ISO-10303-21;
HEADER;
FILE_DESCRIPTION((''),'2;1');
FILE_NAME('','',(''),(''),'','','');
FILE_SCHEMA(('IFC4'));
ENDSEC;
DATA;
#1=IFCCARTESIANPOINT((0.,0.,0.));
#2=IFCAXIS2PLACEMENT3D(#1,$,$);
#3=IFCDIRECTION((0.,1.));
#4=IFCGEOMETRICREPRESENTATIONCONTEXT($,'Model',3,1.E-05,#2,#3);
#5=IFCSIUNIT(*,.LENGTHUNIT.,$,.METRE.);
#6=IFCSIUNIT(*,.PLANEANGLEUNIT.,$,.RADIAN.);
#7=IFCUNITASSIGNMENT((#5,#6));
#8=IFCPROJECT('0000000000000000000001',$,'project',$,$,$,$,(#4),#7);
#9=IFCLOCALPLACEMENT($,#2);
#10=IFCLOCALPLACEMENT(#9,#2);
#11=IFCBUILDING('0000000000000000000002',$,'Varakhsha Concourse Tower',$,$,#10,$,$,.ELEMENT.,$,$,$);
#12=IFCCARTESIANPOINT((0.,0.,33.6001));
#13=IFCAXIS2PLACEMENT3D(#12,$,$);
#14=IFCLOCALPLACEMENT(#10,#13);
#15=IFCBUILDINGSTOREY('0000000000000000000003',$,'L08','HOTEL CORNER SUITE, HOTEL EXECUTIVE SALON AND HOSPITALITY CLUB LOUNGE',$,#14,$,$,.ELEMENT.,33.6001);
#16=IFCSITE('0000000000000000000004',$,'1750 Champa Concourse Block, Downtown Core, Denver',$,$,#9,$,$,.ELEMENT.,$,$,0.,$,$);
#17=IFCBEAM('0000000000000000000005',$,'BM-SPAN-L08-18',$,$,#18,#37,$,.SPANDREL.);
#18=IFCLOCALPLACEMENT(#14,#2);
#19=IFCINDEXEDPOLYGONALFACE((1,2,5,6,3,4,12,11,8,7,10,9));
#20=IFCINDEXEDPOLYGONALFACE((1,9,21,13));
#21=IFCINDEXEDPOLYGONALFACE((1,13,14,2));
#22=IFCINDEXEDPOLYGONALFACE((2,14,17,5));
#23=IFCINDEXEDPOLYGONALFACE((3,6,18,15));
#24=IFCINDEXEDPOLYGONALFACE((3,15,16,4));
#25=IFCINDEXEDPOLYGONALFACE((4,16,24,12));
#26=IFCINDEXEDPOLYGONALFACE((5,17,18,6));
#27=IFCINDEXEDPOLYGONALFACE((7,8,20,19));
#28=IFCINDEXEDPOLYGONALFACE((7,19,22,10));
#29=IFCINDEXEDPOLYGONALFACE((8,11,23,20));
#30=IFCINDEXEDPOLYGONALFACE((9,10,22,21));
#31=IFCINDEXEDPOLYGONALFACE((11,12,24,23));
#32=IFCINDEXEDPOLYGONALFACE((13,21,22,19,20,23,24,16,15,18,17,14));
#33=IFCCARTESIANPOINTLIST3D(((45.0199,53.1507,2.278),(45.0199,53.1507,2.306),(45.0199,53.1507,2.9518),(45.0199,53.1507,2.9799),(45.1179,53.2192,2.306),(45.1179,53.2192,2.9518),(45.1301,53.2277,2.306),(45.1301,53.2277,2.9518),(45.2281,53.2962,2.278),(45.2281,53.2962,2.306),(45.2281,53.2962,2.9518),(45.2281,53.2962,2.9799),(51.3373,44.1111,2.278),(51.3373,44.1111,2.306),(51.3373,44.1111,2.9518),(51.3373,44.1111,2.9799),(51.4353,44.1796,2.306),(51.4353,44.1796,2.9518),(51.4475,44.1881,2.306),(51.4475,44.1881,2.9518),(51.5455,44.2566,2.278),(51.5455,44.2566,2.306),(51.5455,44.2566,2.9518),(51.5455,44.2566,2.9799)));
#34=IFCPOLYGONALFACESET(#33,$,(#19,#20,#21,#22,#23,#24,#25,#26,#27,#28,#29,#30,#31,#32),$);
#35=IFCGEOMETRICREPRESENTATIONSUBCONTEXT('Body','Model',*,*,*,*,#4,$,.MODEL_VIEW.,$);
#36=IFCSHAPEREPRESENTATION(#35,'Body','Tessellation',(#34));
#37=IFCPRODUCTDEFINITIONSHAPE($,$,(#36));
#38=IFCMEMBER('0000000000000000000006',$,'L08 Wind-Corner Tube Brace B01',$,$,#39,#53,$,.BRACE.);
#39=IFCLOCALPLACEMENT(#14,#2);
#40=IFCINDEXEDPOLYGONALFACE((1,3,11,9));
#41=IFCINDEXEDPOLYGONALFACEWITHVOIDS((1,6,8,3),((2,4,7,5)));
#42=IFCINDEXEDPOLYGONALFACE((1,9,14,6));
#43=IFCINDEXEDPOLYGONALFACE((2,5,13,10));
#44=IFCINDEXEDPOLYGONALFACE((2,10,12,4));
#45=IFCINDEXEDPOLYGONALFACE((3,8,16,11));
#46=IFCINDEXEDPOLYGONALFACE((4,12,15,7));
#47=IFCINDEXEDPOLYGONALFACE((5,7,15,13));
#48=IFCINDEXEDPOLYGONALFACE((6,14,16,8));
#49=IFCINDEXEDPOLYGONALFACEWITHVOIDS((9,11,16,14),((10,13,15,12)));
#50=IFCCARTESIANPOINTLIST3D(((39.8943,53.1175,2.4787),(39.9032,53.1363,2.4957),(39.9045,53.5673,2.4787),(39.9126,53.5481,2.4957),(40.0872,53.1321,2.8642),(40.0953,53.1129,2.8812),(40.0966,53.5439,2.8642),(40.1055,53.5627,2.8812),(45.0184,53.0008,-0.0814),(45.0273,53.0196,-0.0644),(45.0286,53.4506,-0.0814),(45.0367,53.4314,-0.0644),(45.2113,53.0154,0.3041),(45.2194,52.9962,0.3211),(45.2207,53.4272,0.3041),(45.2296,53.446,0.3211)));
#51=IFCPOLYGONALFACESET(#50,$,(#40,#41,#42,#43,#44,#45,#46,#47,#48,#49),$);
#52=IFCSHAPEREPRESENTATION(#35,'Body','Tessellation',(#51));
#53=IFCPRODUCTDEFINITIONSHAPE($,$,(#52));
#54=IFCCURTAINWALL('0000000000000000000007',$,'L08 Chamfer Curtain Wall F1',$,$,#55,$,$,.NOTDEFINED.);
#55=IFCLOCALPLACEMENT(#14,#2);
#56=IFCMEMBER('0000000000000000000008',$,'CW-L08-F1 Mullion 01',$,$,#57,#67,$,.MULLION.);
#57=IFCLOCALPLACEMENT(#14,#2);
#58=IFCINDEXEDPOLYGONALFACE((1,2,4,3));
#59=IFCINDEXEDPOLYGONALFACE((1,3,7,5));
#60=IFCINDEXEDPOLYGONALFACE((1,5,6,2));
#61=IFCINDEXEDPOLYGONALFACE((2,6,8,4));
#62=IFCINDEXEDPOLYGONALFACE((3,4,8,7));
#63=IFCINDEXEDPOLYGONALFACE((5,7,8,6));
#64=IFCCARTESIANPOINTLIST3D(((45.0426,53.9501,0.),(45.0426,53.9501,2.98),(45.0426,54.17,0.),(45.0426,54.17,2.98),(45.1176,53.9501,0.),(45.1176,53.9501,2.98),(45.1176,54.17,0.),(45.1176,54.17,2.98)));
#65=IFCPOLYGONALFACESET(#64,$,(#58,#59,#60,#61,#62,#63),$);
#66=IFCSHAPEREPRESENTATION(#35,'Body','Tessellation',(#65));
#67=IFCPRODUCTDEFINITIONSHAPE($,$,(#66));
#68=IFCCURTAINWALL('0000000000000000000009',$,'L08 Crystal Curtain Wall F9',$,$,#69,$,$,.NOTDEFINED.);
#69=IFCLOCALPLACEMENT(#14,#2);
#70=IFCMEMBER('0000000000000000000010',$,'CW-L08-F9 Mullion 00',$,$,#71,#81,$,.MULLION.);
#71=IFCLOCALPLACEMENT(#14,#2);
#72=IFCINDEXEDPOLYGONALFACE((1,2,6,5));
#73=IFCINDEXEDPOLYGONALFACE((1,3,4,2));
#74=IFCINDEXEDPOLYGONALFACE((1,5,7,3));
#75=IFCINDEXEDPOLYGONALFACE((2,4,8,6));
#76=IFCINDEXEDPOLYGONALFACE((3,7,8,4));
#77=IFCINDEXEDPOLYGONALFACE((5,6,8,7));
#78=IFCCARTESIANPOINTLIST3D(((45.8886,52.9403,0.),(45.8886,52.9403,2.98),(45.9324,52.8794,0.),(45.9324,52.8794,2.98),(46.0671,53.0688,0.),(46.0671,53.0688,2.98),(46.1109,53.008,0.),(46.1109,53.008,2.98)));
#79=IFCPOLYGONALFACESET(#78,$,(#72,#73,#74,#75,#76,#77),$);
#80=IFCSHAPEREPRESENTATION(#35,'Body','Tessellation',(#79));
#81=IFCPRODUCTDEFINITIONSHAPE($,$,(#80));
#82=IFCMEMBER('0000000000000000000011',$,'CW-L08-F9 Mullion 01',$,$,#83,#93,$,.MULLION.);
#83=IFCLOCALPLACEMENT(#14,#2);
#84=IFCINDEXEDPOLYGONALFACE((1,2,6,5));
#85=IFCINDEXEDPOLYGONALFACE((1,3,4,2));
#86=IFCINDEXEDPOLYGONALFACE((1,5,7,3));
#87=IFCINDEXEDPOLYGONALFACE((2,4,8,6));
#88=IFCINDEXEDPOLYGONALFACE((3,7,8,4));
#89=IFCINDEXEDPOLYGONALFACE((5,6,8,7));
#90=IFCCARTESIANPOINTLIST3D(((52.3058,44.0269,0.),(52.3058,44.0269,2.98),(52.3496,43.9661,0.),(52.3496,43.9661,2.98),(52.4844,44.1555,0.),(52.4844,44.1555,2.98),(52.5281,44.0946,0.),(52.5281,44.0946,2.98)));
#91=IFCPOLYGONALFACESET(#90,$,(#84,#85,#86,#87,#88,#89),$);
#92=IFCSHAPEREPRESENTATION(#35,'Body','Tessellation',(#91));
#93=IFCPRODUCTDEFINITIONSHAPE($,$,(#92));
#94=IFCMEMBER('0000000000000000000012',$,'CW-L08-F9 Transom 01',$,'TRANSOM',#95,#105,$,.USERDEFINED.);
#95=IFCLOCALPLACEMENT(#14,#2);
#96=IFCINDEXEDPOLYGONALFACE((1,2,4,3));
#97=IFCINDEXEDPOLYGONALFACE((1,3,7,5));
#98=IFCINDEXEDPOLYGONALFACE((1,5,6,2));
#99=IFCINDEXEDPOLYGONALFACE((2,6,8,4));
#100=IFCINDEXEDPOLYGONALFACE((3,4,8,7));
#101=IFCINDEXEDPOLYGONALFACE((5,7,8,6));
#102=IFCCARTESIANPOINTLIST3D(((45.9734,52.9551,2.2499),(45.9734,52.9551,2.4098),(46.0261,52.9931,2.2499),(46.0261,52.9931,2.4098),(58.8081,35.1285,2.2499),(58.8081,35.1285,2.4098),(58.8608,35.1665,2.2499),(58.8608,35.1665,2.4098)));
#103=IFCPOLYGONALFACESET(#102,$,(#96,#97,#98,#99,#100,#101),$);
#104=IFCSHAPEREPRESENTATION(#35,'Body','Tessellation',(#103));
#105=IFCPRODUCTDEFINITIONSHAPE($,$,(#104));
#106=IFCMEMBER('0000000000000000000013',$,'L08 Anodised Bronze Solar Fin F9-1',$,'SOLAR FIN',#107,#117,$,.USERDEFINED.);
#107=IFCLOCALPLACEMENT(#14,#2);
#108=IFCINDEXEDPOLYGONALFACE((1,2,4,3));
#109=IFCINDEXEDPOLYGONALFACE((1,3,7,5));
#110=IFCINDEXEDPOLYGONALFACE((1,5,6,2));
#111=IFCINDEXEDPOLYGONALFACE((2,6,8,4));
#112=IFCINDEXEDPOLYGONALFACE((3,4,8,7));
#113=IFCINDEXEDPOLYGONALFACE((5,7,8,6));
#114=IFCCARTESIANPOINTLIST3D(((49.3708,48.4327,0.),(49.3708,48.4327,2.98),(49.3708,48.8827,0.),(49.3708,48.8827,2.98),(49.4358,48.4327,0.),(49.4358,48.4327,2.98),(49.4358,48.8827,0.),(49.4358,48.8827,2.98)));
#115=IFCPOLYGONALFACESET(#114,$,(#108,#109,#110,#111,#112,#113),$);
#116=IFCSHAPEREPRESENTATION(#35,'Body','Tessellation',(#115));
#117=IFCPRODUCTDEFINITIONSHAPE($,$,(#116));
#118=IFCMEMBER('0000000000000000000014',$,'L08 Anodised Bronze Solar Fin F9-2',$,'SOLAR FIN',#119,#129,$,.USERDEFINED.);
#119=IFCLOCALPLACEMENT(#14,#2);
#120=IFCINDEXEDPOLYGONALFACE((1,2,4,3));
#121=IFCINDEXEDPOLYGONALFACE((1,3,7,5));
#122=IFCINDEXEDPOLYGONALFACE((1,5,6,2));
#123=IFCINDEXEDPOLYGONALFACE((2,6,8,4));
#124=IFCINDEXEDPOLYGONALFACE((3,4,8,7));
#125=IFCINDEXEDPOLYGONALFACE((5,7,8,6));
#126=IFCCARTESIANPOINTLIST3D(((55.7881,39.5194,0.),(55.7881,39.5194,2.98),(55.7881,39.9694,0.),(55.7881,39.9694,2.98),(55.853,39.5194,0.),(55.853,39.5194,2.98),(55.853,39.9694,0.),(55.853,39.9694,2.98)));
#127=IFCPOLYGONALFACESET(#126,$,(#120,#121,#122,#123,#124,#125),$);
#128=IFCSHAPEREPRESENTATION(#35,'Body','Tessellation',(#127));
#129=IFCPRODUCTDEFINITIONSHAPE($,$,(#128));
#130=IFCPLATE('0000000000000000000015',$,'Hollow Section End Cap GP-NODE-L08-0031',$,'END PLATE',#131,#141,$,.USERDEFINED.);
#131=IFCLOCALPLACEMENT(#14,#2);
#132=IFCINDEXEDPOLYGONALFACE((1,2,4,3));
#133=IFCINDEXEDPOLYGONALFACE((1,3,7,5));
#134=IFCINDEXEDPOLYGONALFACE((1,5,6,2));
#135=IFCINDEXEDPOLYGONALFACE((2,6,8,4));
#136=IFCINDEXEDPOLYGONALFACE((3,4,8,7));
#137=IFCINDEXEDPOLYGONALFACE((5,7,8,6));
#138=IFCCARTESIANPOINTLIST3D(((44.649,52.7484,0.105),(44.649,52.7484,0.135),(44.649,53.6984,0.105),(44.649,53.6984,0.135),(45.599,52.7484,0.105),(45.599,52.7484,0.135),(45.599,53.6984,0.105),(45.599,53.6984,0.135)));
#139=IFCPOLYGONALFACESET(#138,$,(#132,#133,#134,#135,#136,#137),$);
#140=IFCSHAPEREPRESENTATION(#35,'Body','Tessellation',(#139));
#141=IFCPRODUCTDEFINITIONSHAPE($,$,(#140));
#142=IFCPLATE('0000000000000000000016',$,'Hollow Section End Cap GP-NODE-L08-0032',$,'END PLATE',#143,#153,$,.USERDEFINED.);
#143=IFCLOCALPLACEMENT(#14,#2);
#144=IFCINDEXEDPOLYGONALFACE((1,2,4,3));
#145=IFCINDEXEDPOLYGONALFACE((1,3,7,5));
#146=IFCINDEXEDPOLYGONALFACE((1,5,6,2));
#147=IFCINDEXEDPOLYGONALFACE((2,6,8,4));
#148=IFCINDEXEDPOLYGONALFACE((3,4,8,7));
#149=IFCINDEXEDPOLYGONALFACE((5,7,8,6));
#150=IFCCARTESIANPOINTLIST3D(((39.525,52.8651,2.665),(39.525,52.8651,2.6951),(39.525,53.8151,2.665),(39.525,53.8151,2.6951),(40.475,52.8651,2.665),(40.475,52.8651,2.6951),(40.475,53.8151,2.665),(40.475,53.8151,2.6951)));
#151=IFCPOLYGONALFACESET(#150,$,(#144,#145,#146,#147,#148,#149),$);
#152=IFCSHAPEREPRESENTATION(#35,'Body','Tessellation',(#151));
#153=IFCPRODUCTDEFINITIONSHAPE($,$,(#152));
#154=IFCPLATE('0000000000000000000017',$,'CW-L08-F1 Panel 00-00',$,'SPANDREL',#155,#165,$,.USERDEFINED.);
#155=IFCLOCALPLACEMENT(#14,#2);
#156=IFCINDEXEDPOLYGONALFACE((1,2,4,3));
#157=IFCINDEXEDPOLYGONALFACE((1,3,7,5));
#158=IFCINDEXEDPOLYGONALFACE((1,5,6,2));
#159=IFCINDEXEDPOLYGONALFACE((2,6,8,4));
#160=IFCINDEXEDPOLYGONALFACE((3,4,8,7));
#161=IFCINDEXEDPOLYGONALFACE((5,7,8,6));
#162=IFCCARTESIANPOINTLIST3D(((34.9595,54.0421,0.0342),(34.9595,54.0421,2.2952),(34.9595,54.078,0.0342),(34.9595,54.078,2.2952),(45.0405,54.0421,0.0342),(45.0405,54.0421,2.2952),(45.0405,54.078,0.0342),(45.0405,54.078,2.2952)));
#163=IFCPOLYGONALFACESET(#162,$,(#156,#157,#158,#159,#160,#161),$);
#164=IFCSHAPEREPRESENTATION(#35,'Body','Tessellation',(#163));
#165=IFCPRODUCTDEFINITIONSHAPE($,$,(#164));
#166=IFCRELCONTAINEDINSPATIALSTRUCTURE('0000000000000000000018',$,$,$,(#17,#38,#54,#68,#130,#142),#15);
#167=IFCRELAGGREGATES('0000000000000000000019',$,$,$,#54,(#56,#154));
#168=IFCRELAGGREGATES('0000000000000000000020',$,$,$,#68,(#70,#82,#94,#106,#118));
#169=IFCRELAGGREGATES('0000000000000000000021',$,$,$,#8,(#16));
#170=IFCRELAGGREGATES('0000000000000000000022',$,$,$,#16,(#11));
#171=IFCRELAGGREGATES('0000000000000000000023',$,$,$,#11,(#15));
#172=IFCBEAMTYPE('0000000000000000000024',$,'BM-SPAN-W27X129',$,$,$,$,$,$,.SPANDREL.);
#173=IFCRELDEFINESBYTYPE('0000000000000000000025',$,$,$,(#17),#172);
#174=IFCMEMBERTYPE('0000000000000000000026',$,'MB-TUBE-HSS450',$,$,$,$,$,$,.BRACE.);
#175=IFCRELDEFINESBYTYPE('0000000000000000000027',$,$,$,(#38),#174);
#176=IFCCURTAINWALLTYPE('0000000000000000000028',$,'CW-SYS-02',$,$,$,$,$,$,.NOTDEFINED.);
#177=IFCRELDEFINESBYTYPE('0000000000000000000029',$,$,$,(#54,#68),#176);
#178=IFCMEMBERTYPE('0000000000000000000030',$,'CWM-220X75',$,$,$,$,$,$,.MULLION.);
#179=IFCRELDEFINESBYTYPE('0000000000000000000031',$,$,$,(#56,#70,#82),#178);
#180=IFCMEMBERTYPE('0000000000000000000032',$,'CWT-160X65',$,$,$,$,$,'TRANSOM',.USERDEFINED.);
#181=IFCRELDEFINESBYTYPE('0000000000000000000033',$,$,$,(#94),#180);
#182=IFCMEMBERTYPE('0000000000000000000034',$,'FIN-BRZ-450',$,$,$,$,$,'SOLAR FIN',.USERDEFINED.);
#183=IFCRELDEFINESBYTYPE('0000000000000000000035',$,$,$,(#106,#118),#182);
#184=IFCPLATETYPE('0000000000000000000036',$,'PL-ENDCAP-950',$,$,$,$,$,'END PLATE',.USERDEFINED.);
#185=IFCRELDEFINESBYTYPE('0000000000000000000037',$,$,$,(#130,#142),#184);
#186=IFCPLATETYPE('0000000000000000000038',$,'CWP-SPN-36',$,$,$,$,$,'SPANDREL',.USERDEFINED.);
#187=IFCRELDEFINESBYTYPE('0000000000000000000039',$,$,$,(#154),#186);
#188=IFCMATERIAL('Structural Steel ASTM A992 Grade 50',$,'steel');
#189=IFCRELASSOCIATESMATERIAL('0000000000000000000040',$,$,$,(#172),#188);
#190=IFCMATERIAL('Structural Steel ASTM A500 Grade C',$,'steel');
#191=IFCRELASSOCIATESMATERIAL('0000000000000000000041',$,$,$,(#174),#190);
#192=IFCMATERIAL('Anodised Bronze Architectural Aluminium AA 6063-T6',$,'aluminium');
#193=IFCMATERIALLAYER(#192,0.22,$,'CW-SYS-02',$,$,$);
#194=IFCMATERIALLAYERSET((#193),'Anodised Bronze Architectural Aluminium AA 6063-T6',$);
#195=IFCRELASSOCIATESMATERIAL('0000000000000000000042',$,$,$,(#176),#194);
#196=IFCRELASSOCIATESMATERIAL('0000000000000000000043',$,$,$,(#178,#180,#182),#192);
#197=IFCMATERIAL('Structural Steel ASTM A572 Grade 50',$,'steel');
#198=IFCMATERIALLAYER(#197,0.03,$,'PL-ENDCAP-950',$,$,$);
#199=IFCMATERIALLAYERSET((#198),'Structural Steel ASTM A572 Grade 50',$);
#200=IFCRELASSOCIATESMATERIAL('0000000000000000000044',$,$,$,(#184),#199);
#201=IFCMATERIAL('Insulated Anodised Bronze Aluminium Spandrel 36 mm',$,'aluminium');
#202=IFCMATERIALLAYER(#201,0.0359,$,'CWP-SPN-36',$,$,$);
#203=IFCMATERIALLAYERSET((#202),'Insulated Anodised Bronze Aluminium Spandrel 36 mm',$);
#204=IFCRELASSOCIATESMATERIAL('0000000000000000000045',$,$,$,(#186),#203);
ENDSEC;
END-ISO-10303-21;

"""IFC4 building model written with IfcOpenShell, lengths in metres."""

from ifc_helpers import new_model, si_unit, direction, frame, origin, origin_2d, place, context, subcontext, project, spatial, rectangle, hollow_rectangle, i_section, extrude, source, transform, mapped, material, layer, layer_set, material_profile, profile_set, type_object, type_shapes, element, aggregate, save


model = new_model("IFC4")

# Units and contexts
model_context = context("Model", 3, precision=1e-05, world=origin(), true_north=direction((0.0, 1.0)))
body_context = subcontext(model_context, "Body", "Model", "MODEL_VIEW")
ifc_project = project(units=[si_unit("LENGTHUNIT", "METRE"), si_unit("PLANEANGLEUNIT", "RADIAN")], contexts=[model_context])

# Site, building, storey
site_placement = place(None, origin())
site = spatial("IfcSite", under=ifc_project, at=site_placement, Name="1750 Champa Concourse Block, Downtown Core, Denver", CompositionType="ELEMENT", RefElevation=0.0)
building_placement = place(site_placement, origin())
building = spatial("IfcBuilding", under=site, at=building_placement, Name="Varakhsha Concourse Tower", CompositionType="ELEMENT")
storey_placement = place(building_placement, frame((0.0, 0.0, 33.6001)))
storey = spatial("IfcBuildingStorey", under=building, at=storey_placement, Name="L08", Description="HOTEL CORNER SUITE, HOTEL EXECUTIVE SALON AND HOSPITALITY CLUB LOUNGE", CompositionType="ELEMENT", Elevation=33.6001)

# Shared definitions
ifc_material_1 = material(Name="Structural Steel ASTM A992 Grade 50", Category="steel")
ifc_material_2 = material(Name="Structural Steel ASTM A572 Grade 50", Category="steel")

# Beam
ifc_material_profile_1 = material_profile(ifc_material_1, i_section(OverallWidth=0.2539, OverallDepth=0.7019, WebThickness=0.0149, FlangeThickness=0.0281, at=origin_2d()), Name="W27X129")
ifc_profile_set_1 = profile_set([ifc_material_profile_1], Name="Structural Steel ASTM A992 Grade 50")
beam_type_1 = type_object("IfcBeamType", Name="BM-SPAN-W27X129", PredefinedType="SPANDREL", material=ifc_profile_set_1)
beam_1_placement = place(storey_placement, frame((51.4414, 44.1838, 2.6289), z_axis=(-0.572835, 0.819671, 0.0), x_axis=(-0.819671, -0.572835, 0.0)))
element("IfcBeam", 1, at=beam_1_placement, inside=storey, type_object=beam_type_1, Name="BM-SPAN-L08-18", PredefinedType="SPANDREL", context=body_context, shape_type="SweptSolid", body=[
    extrude(i_section(OverallWidth=0.2539, OverallDepth=0.7019, WebThickness=0.0149, FlangeThickness=0.0281, at=origin_2d()), origin(), (0.0, 0.0, 1.0), 11.0283),
])

# Member
ifc_material_3 = material(Name="Structural Steel ASTM A500 Grade C", Category="steel")
ifc_material_profile_2 = material_profile(ifc_material_3, hollow_rectangle(XDim=0.45, YDim=0.45, WallThickness=0.019, at=origin_2d()), Name="HSS 450x450x19")
ifc_profile_set_2 = profile_set([ifc_material_profile_2], Name="Structural Steel ASTM A500 Grade C")
member_type_1 = type_object("IfcMemberType", Name="MB-TUBE-HSS450", PredefinedType="BRACE", material=ifc_profile_set_2)
shared_shape_1 = source(origin(), body_context, "Body", "SweptSolid", [
    extrude(hollow_rectangle(XDim=0.45, YDim=0.45, WallThickness=0.019, at=origin_2d()), origin(), (0.0, 0.0, 1.0), 5.7292),
])
type_shapes(member_type_1, [shared_shape_1])
member_1_placement = place(storey_placement, frame((45.124, 53.2234, 0.1199), z_axis=(-0.894378, 0.020369, 0.446848), x_axis=(-0.022769, -0.999741, 0.0)))
element("IfcMember", 2, at=member_1_placement, inside=storey, type_object=member_type_1, Name="L08 Wind-Corner Tube Brace B01", PredefinedType="BRACE", context=body_context, shape_type="MappedRepresentation", body=[
    mapped(shared_shape_1, transform((0.0, 0.0, 0.0), scale=1.0)),
])

# Curtain wall, member
ifc_material_4 = material(Name="Anodised Bronze Architectural Aluminium AA 6063-T6", Category="aluminium")
ifc_layer_1 = layer(ifc_material_4, 0.22, Name="CW-SYS-02")
ifc_layer_set_1 = layer_set([ifc_layer_1], Name="Anodised Bronze Architectural Aluminium AA 6063-T6")
curtain_wall_type = type_object("IfcCurtainWallType", Name="CW-SYS-02", PredefinedType="NOTDEFINED", material=ifc_layer_set_1)
curtain_wall_1_placement = place(storey_placement, origin())
curtain_wall_1 = element("IfcCurtainWall", 3, at=curtain_wall_1_placement, inside=storey, type_object=curtain_wall_type, Name="L08 Chamfer Curtain Wall F1", PredefinedType="NOTDEFINED")
ifc_material_profile_3 = material_profile(ifc_material_4, rectangle(XDim=0.075, YDim=0.22, at=origin_2d()), Name="CWM-220X75")
ifc_profile_set_3 = profile_set([ifc_material_profile_3], Name="Anodised Bronze Architectural Aluminium AA 6063-T6")
member_type_2 = type_object("IfcMemberType", Name="CWM-220X75", PredefinedType="MULLION", material=ifc_profile_set_3)
shared_shape_2 = source(origin(), body_context, "Body", "SweptSolid", [
    extrude(rectangle(XDim=0.075, YDim=0.22, at=origin_2d()), origin(), (0.0, 0.0, 1.0), 2.98),
])
type_shapes(member_type_2, [shared_shape_2])
member_2_placement = place(storey_placement, frame((45.0801, 54.0601, 0.0), z_axis=(0.0, 0.0, 1.0), x_axis=(1.0, 0.0, 0.0)))
member_2 = element("IfcMember", 4, at=member_2_placement, type_object=member_type_2, Name="CW-L08-F1 Mullion 01", PredefinedType="MULLION", context=body_context, shape_type="MappedRepresentation", body=[
    mapped(shared_shape_2, transform((0.0, 0.0, 0.0), scale=1.0)),
])

# Curtain wall, members
curtain_wall_2_placement = place(storey_placement, origin())
curtain_wall_2 = element("IfcCurtainWall", 5, at=curtain_wall_2_placement, inside=storey, type_object=curtain_wall_type, Name="L08 Crystal Curtain Wall F9", PredefinedType="NOTDEFINED")
member_3_placement = place(storey_placement, frame((45.9998, 52.9741, 0.0), z_axis=(0.0, 0.0, 1.0), x_axis=(0.584284, -0.81155, 0.0)))
member_3 = element("IfcMember", 6, at=member_3_placement, type_object=member_type_2, Name="CW-L08-F9 Mullion 00", PredefinedType="MULLION", context=body_context, shape_type="MappedRepresentation", body=[
    mapped(shared_shape_2, transform((0.0, 0.0, 0.0), scale=1.0)),
])
member_4_placement = place(storey_placement, frame((52.417, 44.0608, 0.0), z_axis=(0.0, 0.0, 1.0), x_axis=(0.584284, -0.81155, 0.0)))
member_4 = element("IfcMember", 7, at=member_4_placement, type_object=member_type_2, Name="CW-L08-F9 Mullion 01", PredefinedType="MULLION", context=body_context, shape_type="MappedRepresentation", body=[
    mapped(shared_shape_2, transform((0.0, 0.0, 0.0), scale=1.0)),
])
ifc_material_profile_4 = material_profile(ifc_material_4, rectangle(XDim=0.0649, YDim=0.1599, at=origin_2d()), Name="CWT-160X65")
ifc_profile_set_4 = profile_set([ifc_material_profile_4], Name="Anodised Bronze Architectural Aluminium AA 6063-T6")
member_type_3 = type_object("IfcMemberType", Name="CWT-160X65", ElementType="TRANSOM", PredefinedType="USERDEFINED", material=ifc_profile_set_4)
shared_shape_3 = source(origin(), body_context, "Body", "SweptSolid", [
    extrude(rectangle(XDim=0.0649, YDim=0.1599, at=origin_2d()), origin(), (0.0, 0.0, 1.0), 21.9663),
])
type_shapes(member_type_3, [shared_shape_3])
member_5_placement = place(storey_placement, frame((45.9998, 52.9741, 2.3298), z_axis=(0.58429, -0.811545, 0.0), x_axis=(0.811545, 0.58429, 0.0)))
member_5 = element("IfcMember", 8, at=member_5_placement, type_object=member_type_3, Name="CW-L08-F9 Transom 01", ObjectType="TRANSOM", PredefinedType="USERDEFINED", context=body_context, shape_type="MappedRepresentation", body=[
    mapped(shared_shape_3, transform((0.0, 0.0, 0.0), scale=1.0)),
])
ifc_material_profile_5 = material_profile(ifc_material_4, rectangle(XDim=0.0649, YDim=0.45, at=origin_2d()), Name="FIN-BRZ-450")
ifc_profile_set_5 = profile_set([ifc_material_profile_5], Name="Anodised Bronze Architectural Aluminium AA 6063-T6")
member_type_4 = type_object("IfcMemberType", Name="FIN-BRZ-450", ElementType="SOLAR FIN", PredefinedType="USERDEFINED", material=ifc_profile_set_5)
shared_shape_4 = source(origin(), body_context, "Body", "SweptSolid", [
    extrude(rectangle(XDim=0.0649, YDim=0.45, at=origin_2d()), origin(), (0.0, 0.0, 1.0), 2.98),
])
type_shapes(member_type_4, [shared_shape_4])
member_6_placement = place(storey_placement, frame((49.4033, 48.6577, 0.0), z_axis=(0.0, 0.0, 1.0), x_axis=(1.0, 0.0, 0.0)))
member_6 = element("IfcMember", 9, at=member_6_placement, type_object=member_type_4, Name="L08 Anodised Bronze Solar Fin F9-1", ObjectType="SOLAR FIN", PredefinedType="USERDEFINED", context=body_context, shape_type="MappedRepresentation", body=[
    mapped(shared_shape_4, transform((0.0, 0.0, 0.0), scale=1.0)),
])
member_7_placement = place(storey_placement, frame((55.8206, 39.7444, 0.0), z_axis=(0.0, 0.0, 1.0), x_axis=(1.0, 0.0, 0.0)))
member_7 = element("IfcMember", 10, at=member_7_placement, type_object=member_type_4, Name="L08 Anodised Bronze Solar Fin F9-2", ObjectType="SOLAR FIN", PredefinedType="USERDEFINED", context=body_context, shape_type="MappedRepresentation", body=[
    mapped(shared_shape_4, transform((0.0, 0.0, 0.0), scale=1.0)),
])

# Plates
ifc_layer_2 = layer(ifc_material_2, 0.03, Name="PL-ENDCAP-950")
ifc_layer_set_2 = layer_set([ifc_layer_2], Name="Structural Steel ASTM A572 Grade 50")
plate_type_1 = type_object("IfcPlateType", Name="PL-ENDCAP-950", ElementType="END PLATE", PredefinedType="USERDEFINED", material=ifc_layer_set_2)
shared_shape_5 = source(origin(), body_context, "Body", "SweptSolid", [
    extrude(rectangle(XDim=0.95, YDim=0.95, at=origin_2d()), origin(), (0.0, 0.0, 1.0), 0.03),
])
type_shapes(plate_type_1, [shared_shape_5])
for number, where, z_axis, x_axis, name in (
    (11, (45.124, 53.2234, 0.105), (0.0, 0.0, 1.0), (1.0, 0.0, 0.0), "Hollow Section End Cap GP-NODE-L08-0031"),
    (12, (40.0, 53.3401, 2.665), (0.0, 0.0, 1.0), (1.0, 0.0, 0.0), "Hollow Section End Cap GP-NODE-L08-0032"),
):
    element("IfcPlate", number, at=place(storey_placement, frame(where, z_axis=z_axis, x_axis=x_axis)), inside=storey, type_object=plate_type_1, Name=name, ObjectType="END PLATE", PredefinedType="USERDEFINED", context=body_context, shape_type="MappedRepresentation", body=[
        mapped(shared_shape_5, transform((0.0, 0.0, 0.0), scale=1.0)),
    ])

# Plate
ifc_material_5 = material(Name="Insulated Anodised Bronze Aluminium Spandrel 36 mm", Category="aluminium")
ifc_layer_3 = layer(ifc_material_5, 0.0359, Name="CWP-SPN-36")
ifc_layer_set_3 = layer_set([ifc_layer_3], Name="Insulated Anodised Bronze Aluminium Spandrel 36 mm")
plate_type_2 = type_object("IfcPlateType", Name="CWP-SPN-36", ElementType="SPANDREL", PredefinedType="USERDEFINED", material=ifc_layer_set_3)
shared_shape_6 = source(origin(), body_context, "Body", "SweptSolid", [
    extrude(rectangle(XDim=10.0811, YDim=0.0359, at=origin_2d()), origin(), (0.0, 0.0, 1.0), 2.261),
])
type_shapes(plate_type_2, [shared_shape_6])
plate_1_placement = place(storey_placement, frame((40.0, 54.0601, 0.0342), z_axis=(0.0, 0.0, 1.0), x_axis=(1.0, 0.0, 0.0)))
plate_1 = element("IfcPlate", 13, at=plate_1_placement, type_object=plate_type_2, Name="CW-L08-F1 Panel 00-00", ObjectType="SPANDREL", PredefinedType="USERDEFINED", context=body_context, shape_type="MappedRepresentation", body=[
    mapped(shared_shape_6, transform((0.0, 0.0, 0.0), scale=1.0)),
])
aggregate(curtain_wall_1, [member_2, plate_1])
aggregate(curtain_wall_2, [member_3, member_4, member_5, member_6, member_7])

save(model, "model.ifc")
